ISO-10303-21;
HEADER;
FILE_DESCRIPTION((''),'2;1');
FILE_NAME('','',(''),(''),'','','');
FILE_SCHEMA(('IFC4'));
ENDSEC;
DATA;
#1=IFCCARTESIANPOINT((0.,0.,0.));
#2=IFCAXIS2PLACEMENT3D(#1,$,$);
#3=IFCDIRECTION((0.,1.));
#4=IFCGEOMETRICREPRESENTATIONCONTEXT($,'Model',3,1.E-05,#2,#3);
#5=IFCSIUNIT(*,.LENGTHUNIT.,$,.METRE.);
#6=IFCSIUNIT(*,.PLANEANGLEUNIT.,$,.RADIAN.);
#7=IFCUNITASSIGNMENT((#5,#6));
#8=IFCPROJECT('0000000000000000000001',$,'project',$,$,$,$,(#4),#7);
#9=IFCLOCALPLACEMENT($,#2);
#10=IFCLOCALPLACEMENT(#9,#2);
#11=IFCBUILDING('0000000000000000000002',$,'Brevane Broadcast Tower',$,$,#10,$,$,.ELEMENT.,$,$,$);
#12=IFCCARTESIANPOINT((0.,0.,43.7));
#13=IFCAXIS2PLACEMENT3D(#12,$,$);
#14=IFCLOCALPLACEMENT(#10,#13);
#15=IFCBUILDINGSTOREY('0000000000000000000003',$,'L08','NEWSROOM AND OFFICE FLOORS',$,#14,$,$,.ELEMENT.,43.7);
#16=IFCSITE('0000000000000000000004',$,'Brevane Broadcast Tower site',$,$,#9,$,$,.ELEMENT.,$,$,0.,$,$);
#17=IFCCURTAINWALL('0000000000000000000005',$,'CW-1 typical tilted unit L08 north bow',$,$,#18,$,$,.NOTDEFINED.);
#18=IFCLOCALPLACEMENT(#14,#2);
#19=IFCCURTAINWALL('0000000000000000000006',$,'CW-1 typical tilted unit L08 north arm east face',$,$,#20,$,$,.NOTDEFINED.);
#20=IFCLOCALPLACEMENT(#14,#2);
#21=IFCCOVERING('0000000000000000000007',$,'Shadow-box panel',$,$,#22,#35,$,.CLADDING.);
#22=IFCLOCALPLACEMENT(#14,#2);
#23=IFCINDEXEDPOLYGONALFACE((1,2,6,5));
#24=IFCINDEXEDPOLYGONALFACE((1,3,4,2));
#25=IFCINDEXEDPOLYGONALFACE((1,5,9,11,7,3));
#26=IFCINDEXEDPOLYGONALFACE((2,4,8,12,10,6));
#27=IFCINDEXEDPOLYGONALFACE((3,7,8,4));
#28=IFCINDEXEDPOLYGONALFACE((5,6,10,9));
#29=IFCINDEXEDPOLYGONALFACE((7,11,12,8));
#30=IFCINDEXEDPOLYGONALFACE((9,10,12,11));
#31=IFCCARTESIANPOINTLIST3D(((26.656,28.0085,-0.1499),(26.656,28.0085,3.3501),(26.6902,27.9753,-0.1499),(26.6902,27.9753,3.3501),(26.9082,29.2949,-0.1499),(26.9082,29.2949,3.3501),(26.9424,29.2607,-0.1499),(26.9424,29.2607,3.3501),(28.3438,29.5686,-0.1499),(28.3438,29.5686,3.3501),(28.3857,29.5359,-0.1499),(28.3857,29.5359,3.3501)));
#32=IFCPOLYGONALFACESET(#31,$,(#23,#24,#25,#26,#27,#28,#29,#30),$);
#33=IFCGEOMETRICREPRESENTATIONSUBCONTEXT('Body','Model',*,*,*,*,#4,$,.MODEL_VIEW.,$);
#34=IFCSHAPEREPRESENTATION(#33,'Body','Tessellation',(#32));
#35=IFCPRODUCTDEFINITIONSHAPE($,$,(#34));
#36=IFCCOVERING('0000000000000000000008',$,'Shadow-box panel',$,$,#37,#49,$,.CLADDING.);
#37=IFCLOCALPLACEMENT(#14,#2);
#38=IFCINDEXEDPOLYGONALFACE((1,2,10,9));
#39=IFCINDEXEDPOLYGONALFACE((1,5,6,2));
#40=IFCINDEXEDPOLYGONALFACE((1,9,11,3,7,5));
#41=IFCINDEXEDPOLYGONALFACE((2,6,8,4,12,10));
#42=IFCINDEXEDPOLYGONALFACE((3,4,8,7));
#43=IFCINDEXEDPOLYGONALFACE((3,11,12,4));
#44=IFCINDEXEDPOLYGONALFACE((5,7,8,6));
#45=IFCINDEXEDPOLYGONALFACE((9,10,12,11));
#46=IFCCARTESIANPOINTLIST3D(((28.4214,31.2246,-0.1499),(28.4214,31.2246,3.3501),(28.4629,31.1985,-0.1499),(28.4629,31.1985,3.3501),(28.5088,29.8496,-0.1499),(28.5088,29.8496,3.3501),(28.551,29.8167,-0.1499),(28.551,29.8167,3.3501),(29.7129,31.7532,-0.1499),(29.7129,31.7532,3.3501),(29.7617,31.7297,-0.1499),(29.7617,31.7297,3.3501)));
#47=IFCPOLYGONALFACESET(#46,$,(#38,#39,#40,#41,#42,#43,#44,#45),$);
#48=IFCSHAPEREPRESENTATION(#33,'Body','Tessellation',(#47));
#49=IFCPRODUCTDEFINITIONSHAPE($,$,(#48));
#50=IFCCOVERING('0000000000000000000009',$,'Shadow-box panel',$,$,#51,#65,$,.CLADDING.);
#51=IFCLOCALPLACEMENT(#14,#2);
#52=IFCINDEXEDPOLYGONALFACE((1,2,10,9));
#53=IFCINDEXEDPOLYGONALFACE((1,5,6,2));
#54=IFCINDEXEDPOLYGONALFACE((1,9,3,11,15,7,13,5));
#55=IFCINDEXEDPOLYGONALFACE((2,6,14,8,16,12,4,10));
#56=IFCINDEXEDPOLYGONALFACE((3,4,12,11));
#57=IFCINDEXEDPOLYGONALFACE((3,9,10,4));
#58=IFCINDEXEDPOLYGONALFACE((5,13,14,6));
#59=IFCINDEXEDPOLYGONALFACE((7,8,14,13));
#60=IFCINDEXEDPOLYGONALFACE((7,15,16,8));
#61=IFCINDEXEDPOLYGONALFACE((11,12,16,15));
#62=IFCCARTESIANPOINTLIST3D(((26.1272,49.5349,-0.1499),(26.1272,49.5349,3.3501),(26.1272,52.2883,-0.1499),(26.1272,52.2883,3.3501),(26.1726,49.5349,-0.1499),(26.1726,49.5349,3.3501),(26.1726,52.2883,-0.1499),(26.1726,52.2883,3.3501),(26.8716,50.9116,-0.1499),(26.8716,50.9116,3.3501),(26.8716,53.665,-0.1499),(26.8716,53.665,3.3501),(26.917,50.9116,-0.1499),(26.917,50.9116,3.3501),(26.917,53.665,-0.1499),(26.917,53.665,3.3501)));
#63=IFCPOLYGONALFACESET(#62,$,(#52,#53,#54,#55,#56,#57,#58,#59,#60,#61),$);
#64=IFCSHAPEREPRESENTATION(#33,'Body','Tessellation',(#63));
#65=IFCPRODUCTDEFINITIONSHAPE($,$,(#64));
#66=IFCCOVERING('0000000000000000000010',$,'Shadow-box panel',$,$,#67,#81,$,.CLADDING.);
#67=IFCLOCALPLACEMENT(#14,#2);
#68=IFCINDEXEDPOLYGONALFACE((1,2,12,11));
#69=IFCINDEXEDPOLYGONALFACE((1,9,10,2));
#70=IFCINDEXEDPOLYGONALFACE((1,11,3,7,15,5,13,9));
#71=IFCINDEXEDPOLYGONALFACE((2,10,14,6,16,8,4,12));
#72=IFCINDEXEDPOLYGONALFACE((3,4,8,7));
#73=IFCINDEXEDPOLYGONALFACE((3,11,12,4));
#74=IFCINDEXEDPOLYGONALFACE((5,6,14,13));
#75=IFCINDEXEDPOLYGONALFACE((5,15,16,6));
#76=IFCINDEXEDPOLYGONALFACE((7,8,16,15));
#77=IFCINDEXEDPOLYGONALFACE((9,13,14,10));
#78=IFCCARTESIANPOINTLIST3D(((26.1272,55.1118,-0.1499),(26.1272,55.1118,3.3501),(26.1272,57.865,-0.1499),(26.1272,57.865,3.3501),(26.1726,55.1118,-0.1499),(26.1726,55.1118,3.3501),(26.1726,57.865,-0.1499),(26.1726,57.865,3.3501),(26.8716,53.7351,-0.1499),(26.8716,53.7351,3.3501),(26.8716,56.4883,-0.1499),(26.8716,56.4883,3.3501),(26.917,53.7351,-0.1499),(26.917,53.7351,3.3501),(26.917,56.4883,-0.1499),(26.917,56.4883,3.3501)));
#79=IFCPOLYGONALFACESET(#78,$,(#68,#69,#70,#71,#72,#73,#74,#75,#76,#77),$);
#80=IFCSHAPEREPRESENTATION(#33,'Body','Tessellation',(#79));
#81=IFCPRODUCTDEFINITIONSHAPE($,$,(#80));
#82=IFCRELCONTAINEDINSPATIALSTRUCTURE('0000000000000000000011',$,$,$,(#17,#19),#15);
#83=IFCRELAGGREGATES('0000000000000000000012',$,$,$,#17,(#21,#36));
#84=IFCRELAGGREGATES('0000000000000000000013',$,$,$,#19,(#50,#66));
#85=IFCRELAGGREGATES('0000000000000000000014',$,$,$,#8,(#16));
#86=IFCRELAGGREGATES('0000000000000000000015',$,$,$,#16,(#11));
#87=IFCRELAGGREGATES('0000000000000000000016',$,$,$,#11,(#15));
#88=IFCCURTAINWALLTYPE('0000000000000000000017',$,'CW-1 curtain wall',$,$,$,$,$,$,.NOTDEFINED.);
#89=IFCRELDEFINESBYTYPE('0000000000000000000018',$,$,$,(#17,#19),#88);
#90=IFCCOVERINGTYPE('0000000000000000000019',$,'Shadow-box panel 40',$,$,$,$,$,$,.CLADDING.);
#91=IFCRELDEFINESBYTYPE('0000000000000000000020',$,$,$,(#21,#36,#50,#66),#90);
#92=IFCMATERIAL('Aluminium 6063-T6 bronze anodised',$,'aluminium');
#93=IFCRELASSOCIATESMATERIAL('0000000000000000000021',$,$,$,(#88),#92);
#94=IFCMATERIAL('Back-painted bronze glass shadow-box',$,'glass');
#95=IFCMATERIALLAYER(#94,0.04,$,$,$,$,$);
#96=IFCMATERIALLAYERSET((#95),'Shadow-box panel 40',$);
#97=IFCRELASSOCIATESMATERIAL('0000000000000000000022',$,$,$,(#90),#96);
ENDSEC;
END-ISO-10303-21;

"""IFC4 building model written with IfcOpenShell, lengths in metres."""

from ifc_helpers import new_model, si_unit, direction, frame, origin, place, context, subcontext, project, spatial, polyline, outline, extrude, material, layer, layer_set, type_object, element, aggregate, save


model = new_model("IFC4")

# Units and contexts
model_context = context("Model", 3, precision=1e-05, world=origin(), true_north=direction((0.0, 1.0)))
body_context = subcontext(model_context, "Body", "Model", "MODEL_VIEW")
ifc_project = project(units=[si_unit("LENGTHUNIT", "METRE"), si_unit("PLANEANGLEUNIT", "RADIAN")], contexts=[model_context])

# Site, building, storey
site_placement = place(None, origin())
site = spatial("IfcSite", under=ifc_project, at=site_placement, Name="Brevane Broadcast Tower site", CompositionType="ELEMENT", RefElevation=0.0)
building_placement = place(site_placement, origin())
building = spatial("IfcBuilding", under=site, at=building_placement, Name="Brevane Broadcast Tower", CompositionType="ELEMENT")
storey_placement = place(building_placement, frame((0.0, 0.0, 43.7)))
storey = spatial("IfcBuildingStorey", under=building, at=storey_placement, Name="L08", Description="NEWSROOM AND OFFICE FLOORS", CompositionType="ELEMENT", Elevation=43.7)

# Shared definitions
ifc_material_1 = material(Name="Aluminium 6063-T6 bronze anodised", Category="aluminium")
curtain_wall_type = type_object("IfcCurtainWallType", Name="CW-1 curtain wall", PredefinedType="NOTDEFINED", material=ifc_material_1)

# Curtain walls
curtain_wall_1_placement = place(storey_placement, origin())
curtain_wall_1 = element("IfcCurtainWall", 1, at=curtain_wall_1_placement, inside=storey, type_object=curtain_wall_type, Name="CW-1 typical tilted unit L08 north bow", PredefinedType="NOTDEFINED")
curtain_wall_2_placement = place(storey_placement, origin())
curtain_wall_2 = element("IfcCurtainWall", 2, at=curtain_wall_2_placement, inside=storey, type_object=curtain_wall_type, Name="CW-1 typical tilted unit L08 north arm east face", PredefinedType="NOTDEFINED")

# Coverings
ifc_material_2 = material(Name="Back-painted bronze glass shadow-box", Category="glass")
ifc_layer_1 = layer(ifc_material_2, 0.04)
ifc_layer_set_1 = layer_set([ifc_layer_1], Name="Shadow-box panel 40")
covering_type = type_object("IfcCoveringType", Name="Shadow-box panel 40", PredefinedType="CLADDING", material=ifc_layer_set_1)
covering_1_placement = place(storey_placement, frame((0.0, 0.0, -0.1499)))
covering_1 = element("IfcCovering", 3, at=covering_1_placement, type_object=covering_type, Name="Shadow-box panel", PredefinedType="CLADDING", context=body_context, shape_type="SweptSolid", body=[
    extrude(outline(polyline([(26.656, 28.0085), (26.6902, 27.9753), (26.9424, 29.2607), (28.3857, 29.5359), (28.3438, 29.5686), (26.9082, 29.2949), (26.656, 28.0085)])), origin(), (0.0, 0.0, 1.0), 3.5),
])
covering_2_placement = place(storey_placement, frame((0.0, 0.0, -0.1499)))
covering_2 = element("IfcCovering", 4, at=covering_2_placement, type_object=covering_type, Name="Shadow-box panel", PredefinedType="CLADDING", context=body_context, shape_type="SweptSolid", body=[
    extrude(outline(polyline([(28.5088, 29.8496), (28.551, 29.8167), (28.4629, 31.1985), (29.7617, 31.7297), (29.7129, 31.7532), (28.4214, 31.2246), (28.5088, 29.8496)])), origin(), (0.0, 0.0, 1.0), 3.5),
])
aggregate(curtain_wall_1, [covering_1, covering_2])
covering_3_placement = place(storey_placement, frame((0.0, 0.0, -0.1499)))
covering_3 = element("IfcCovering", 5, at=covering_3_placement, type_object=covering_type, Name="Shadow-box panel", PredefinedType="CLADDING", context=body_context, shape_type="SweptSolid", body=[
    extrude(outline(polyline([(26.1272, 49.5349), (26.1726, 49.5349), (26.917, 50.9116), (26.1726, 52.2883), (26.917, 53.665), (26.8716, 53.665), (26.1272, 52.2883), (26.8716, 50.9116), (26.1272, 49.5349)])), origin(), (0.0, 0.0, 1.0), 3.5),
])
covering_4_placement = place(storey_placement, frame((0.0, 0.0, -0.1499)))
covering_4 = element("IfcCovering", 6, at=covering_4_placement, type_object=covering_type, Name="Shadow-box panel", PredefinedType="CLADDING", context=body_context, shape_type="SweptSolid", body=[
    extrude(outline(polyline([(26.8716, 53.7351), (26.917, 53.7351), (26.1726, 55.1118), (26.917, 56.4883), (26.1726, 57.865), (26.1272, 57.865), (26.8716, 56.4883), (26.1272, 55.1118), (26.8716, 53.7351)])), origin(), (0.0, 0.0, 1.0), 3.5),
])
aggregate(curtain_wall_2, [covering_3, covering_4])

save(model, "model.ifc")
